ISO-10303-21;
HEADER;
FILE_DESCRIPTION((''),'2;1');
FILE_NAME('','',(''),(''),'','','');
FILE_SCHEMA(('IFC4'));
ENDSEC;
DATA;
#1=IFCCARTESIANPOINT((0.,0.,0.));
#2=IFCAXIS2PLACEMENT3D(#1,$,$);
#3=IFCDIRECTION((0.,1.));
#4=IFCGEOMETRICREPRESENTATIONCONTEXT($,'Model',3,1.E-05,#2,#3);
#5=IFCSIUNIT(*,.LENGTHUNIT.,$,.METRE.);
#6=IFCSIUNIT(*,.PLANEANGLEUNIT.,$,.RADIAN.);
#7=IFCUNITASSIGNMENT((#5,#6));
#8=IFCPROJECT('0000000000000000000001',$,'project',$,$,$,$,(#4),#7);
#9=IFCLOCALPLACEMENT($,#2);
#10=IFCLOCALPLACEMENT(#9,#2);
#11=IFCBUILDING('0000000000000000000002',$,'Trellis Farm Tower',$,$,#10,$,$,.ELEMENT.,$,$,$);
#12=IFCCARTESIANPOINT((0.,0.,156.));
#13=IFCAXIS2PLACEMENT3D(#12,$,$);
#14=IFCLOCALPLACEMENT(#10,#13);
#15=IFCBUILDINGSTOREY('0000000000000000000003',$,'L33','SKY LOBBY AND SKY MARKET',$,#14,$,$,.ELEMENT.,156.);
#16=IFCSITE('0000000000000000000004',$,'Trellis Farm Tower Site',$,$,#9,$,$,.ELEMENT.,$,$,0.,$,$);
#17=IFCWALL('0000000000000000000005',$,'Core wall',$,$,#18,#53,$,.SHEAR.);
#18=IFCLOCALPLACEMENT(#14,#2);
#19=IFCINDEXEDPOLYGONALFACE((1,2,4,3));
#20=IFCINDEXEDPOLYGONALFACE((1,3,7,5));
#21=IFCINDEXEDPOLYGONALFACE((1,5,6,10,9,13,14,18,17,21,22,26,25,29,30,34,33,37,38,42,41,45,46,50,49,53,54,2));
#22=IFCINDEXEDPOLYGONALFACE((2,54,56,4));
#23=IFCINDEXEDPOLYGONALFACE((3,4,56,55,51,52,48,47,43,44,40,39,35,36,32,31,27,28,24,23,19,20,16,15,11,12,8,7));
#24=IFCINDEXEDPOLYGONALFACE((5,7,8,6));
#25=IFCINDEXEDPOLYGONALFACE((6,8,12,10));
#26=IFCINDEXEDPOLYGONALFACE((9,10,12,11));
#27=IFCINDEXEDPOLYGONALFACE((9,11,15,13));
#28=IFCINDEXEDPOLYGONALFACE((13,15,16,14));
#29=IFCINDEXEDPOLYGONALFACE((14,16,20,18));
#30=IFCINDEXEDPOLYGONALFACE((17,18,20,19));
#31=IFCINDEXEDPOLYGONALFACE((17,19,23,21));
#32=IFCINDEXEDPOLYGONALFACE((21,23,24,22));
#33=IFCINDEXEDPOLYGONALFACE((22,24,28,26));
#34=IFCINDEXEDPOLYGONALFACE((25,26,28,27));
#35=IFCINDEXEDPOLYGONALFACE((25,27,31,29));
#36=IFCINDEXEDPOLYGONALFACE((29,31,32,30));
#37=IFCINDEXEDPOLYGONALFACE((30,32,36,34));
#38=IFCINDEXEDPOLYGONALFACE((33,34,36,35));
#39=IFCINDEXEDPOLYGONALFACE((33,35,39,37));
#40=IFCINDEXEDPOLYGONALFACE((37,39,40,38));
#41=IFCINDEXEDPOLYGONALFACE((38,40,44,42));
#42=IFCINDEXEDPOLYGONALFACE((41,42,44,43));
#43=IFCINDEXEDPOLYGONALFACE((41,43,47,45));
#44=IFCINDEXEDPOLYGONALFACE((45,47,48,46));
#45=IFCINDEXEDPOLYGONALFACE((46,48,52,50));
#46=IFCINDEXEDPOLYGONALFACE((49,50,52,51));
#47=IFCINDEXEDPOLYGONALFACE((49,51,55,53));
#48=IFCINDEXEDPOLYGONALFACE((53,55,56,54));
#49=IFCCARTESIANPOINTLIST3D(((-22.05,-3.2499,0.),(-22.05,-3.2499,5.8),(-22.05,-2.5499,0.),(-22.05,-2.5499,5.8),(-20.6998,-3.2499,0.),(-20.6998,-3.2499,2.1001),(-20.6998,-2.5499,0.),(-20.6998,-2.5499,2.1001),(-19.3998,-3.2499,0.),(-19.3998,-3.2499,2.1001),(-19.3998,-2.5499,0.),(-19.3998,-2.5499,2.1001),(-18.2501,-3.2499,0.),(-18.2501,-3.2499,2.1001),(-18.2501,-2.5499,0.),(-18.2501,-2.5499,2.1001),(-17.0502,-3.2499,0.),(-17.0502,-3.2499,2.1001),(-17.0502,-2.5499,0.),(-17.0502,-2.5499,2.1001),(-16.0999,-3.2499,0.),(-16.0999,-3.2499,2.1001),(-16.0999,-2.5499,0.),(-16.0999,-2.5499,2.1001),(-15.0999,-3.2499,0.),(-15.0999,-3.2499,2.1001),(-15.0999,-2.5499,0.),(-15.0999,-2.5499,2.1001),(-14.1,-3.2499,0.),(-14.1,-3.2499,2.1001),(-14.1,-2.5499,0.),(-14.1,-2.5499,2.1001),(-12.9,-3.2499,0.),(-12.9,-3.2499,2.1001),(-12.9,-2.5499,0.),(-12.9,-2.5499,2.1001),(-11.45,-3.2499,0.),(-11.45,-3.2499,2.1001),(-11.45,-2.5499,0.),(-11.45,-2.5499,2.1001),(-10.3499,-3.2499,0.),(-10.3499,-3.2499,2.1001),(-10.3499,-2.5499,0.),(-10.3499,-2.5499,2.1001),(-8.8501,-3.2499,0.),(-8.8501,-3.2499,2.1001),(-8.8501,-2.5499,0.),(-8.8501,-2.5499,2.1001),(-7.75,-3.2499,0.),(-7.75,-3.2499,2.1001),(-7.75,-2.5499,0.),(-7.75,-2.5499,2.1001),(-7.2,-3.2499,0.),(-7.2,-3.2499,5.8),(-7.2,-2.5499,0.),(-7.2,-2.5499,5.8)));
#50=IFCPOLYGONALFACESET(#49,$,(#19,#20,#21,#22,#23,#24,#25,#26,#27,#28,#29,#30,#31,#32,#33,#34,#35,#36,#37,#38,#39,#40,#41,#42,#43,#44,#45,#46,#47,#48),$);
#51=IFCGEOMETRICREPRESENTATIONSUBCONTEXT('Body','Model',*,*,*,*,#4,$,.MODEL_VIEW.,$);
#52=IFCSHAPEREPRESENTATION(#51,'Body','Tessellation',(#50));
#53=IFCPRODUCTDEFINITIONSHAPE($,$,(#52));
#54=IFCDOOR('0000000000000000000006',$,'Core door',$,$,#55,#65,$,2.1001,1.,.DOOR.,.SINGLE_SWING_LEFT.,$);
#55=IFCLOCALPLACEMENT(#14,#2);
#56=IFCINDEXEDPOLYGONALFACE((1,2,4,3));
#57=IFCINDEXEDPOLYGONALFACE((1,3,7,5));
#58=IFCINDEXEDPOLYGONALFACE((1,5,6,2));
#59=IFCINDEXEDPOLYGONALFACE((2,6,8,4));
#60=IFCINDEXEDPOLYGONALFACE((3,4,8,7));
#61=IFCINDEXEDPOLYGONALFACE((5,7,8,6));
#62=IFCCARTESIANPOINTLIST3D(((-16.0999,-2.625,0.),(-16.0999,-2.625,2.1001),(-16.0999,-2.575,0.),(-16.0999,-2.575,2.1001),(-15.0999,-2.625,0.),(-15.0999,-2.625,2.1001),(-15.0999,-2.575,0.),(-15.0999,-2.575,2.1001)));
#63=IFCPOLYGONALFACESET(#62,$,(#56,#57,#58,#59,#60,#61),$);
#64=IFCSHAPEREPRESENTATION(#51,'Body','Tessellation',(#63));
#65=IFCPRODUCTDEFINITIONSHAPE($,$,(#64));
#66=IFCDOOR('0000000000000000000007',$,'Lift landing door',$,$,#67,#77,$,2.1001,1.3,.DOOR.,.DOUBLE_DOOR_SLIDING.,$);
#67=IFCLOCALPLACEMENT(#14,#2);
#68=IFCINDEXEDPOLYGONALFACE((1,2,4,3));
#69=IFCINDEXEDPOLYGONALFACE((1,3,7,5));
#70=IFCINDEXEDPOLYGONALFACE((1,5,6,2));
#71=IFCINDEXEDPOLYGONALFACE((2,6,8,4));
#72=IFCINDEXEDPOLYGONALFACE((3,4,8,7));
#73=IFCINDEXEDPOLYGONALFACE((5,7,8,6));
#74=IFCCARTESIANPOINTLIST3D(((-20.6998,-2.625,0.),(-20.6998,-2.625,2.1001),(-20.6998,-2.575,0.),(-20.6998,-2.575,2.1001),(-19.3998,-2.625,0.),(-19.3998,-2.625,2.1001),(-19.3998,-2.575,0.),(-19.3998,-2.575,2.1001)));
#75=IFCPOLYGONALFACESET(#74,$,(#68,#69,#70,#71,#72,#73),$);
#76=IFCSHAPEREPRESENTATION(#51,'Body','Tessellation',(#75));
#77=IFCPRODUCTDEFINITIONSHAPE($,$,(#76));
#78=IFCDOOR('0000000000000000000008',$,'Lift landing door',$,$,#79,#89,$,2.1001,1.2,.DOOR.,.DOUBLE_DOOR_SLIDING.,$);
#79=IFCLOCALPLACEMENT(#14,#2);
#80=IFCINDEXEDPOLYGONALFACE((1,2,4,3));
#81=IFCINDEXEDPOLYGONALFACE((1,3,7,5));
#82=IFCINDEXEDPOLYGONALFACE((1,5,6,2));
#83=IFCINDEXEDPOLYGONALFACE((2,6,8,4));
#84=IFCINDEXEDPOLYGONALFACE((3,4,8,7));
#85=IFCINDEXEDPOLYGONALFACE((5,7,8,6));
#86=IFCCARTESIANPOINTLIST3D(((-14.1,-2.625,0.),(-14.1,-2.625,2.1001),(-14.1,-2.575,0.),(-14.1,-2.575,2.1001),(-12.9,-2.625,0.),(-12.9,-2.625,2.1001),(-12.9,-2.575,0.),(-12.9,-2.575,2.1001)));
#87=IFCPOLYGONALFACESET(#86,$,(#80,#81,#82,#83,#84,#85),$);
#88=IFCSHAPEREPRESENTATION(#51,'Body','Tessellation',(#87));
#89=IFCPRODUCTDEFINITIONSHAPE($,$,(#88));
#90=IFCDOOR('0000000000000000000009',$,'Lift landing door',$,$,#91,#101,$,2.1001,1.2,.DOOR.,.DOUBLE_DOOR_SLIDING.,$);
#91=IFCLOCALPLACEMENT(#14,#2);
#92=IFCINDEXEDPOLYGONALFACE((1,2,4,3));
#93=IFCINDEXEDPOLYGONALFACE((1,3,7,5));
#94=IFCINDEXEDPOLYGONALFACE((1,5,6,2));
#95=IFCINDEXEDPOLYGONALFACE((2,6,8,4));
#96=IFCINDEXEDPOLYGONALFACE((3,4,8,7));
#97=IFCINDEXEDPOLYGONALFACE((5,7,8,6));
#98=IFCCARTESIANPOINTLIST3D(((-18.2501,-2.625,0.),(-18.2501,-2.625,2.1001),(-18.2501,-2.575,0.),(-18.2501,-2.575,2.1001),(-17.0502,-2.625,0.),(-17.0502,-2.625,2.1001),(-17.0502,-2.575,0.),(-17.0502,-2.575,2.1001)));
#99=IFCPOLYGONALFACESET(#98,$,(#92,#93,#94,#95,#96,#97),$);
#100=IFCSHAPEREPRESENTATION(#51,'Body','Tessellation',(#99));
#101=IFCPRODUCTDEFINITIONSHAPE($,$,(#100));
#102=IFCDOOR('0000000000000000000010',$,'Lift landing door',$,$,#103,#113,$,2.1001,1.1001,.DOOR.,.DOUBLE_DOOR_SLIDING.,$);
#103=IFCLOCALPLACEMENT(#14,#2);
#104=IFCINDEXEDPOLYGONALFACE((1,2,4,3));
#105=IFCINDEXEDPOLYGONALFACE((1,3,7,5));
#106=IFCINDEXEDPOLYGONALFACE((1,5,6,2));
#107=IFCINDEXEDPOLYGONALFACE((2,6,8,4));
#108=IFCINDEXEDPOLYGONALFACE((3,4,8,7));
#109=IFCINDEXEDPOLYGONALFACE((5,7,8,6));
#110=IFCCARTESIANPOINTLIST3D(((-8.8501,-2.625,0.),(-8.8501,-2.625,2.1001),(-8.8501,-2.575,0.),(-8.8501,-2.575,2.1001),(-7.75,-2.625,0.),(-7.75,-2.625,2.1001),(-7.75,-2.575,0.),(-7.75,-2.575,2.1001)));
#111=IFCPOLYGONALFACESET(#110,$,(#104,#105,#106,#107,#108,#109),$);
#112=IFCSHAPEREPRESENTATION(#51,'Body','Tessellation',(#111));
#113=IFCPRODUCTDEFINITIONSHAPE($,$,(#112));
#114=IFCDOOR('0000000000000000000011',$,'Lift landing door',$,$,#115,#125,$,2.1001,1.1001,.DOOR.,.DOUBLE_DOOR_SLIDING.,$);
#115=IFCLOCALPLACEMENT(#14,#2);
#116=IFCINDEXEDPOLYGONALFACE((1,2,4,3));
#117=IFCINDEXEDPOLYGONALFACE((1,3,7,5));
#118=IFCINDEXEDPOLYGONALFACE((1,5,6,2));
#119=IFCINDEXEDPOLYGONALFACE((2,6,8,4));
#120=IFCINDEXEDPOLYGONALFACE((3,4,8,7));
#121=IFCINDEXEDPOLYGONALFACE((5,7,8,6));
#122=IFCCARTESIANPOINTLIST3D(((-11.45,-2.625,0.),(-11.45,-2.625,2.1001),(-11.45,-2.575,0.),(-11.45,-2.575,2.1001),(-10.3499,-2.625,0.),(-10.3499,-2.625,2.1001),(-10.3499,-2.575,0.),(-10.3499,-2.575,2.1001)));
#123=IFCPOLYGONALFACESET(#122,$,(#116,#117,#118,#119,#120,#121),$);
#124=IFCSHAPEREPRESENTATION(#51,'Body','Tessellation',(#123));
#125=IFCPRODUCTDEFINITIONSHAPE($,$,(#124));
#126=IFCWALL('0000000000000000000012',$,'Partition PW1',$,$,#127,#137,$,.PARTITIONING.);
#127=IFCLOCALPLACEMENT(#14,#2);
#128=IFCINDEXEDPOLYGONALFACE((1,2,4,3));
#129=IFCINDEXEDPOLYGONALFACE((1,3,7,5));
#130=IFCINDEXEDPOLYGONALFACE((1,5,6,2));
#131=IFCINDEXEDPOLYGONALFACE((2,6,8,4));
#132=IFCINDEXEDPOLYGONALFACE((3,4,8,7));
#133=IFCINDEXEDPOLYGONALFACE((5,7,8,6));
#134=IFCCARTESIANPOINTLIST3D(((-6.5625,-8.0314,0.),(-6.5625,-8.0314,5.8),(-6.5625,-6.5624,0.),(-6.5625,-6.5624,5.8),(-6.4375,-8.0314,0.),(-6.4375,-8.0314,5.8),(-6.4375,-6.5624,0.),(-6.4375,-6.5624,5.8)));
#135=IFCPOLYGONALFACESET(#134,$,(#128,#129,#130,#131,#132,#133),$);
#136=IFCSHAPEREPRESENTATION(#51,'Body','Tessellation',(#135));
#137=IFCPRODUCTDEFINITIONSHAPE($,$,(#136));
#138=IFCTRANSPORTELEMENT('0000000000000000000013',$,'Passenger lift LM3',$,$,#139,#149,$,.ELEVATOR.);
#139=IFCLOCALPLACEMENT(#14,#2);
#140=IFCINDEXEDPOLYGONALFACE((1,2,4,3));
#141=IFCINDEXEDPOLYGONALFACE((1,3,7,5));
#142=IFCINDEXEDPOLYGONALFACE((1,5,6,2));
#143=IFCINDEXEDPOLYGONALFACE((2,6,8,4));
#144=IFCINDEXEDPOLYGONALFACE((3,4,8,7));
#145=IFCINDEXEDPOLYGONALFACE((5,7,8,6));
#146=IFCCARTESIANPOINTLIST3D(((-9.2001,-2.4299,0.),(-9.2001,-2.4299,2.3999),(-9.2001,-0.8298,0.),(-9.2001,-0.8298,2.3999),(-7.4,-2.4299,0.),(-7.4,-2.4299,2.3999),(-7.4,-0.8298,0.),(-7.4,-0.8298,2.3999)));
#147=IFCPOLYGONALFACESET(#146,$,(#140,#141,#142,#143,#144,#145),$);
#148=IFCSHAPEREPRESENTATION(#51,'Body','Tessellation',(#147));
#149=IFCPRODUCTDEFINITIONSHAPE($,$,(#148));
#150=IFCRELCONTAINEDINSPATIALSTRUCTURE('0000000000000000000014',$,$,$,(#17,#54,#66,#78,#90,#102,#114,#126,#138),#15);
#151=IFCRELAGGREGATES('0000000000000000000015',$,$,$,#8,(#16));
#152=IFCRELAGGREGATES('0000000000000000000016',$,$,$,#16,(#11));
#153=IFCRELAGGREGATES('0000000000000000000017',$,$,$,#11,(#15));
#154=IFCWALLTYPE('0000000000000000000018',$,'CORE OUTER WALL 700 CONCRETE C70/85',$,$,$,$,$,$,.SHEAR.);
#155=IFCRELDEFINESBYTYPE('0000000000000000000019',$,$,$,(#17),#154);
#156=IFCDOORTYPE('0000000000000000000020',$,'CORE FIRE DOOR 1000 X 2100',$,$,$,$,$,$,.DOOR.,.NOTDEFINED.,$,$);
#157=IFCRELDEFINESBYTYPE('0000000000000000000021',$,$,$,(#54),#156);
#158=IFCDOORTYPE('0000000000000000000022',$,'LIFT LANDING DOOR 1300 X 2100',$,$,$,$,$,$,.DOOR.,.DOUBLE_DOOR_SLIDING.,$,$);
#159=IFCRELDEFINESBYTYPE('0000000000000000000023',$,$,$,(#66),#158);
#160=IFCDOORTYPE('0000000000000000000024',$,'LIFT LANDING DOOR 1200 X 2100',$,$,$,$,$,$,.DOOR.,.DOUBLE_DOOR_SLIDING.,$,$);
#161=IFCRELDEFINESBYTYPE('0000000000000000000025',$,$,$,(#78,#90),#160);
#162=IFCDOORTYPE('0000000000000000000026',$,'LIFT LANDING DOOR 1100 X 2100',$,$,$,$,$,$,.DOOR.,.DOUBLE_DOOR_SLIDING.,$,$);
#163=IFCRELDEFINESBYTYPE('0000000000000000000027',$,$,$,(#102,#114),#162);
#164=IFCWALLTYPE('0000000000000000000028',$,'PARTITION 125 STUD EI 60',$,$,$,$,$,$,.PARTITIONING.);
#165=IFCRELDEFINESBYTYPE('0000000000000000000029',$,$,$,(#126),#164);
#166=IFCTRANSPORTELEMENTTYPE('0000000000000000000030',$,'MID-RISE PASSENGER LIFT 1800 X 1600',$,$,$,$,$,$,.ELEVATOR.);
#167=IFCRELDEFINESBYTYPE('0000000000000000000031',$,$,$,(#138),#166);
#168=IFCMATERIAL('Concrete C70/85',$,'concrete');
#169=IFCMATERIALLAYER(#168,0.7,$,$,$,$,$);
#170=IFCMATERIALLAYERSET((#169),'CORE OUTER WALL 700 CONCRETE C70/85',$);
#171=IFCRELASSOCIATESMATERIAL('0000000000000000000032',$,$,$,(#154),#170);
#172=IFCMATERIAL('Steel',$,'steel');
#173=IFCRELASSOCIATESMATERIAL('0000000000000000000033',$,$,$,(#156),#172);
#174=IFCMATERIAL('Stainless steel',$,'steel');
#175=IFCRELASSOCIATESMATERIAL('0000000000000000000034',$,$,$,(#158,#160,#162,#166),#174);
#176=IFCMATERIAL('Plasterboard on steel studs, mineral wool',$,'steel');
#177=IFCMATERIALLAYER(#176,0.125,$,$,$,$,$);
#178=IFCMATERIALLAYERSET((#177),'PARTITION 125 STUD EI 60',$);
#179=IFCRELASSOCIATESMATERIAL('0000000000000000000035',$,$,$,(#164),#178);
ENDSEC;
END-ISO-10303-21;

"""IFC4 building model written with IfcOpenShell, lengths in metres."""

from ifc_helpers import new_model, si_unit, direction, frame, frame_2d, origin, origin_2d, place, context, subcontext, project, spatial, rectangle, extrude, source, transform, mapped, material, layer, layer_set, type_object, element, fill, save


model = new_model("IFC4")

# Units and contexts
model_context = context("Model", 3, precision=1e-05, world=origin(), true_north=direction((0.0, 1.0)))
body_context = subcontext(model_context, "Body", "Model", "MODEL_VIEW")
ifc_project = project(units=[si_unit("LENGTHUNIT", "METRE"), si_unit("PLANEANGLEUNIT", "RADIAN")], contexts=[model_context])

# Site, building, storey
site_placement = place(None, origin())
site = spatial("IfcSite", under=ifc_project, at=site_placement, Name="Trellis Farm Tower Site", CompositionType="ELEMENT", RefElevation=0.0)
building_placement = place(site_placement, origin())
building = spatial("IfcBuilding", under=site, at=building_placement, Name="Trellis Farm Tower", CompositionType="ELEMENT")
storey_placement = place(building_placement, frame((0.0, 0.0, 156.0)))
storey = spatial("IfcBuildingStorey", under=building, at=storey_placement, Name="L33", Description="SKY LOBBY AND SKY MARKET", CompositionType="ELEMENT", Elevation=156.0)

# Shared definitions
ifc_material_1 = material(Name="Concrete C70/85", Category="concrete")

# Wall, openings, doors
ifc_layer_1 = layer(ifc_material_1, 0.7)
ifc_layer_set_1 = layer_set([ifc_layer_1], Name="CORE OUTER WALL 700 CONCRETE C70/85")
wall_type_1 = type_object("IfcWallType", Name="CORE OUTER WALL 700 CONCRETE C70/85", PredefinedType="SHEAR", material=ifc_layer_set_1)
shared_shape_1 = source(origin(), body_context, "Body", "SweptSolid", [
    extrude(rectangle(XDim=14.8501, YDim=0.7, at=frame_2d((7.425, 0.0))), origin(), (0.0, 0.0, 1.0), 5.8),
])
wall_1_placement = place(storey_placement, frame((-7.2, -2.8999, 0.0), z_axis=(0.0, 0.0, 1.0), x_axis=(-1.0, 0.0, 0.0)))
wall_1 = element("IfcWall", 1, at=wall_1_placement, inside=storey, type_object=wall_type_1, Name="Core wall", PredefinedType="SHEAR", context=body_context, shape_type="MappedRepresentation", body=[
    mapped(shared_shape_1, transform((0.0, 0.0, 0.0))),
])
shared_shape_2 = source(origin(), body_context, "Body", "SweptSolid", [
    extrude(rectangle(XDim=1.1001, YDim=2.1001, at=frame_2d((0.55, 1.05))), frame((0.0, 0.3601, 0.0), z_axis=(0.0, -1.0, 0.0), x_axis=(1.0, 0.0, 0.0)), (0.0, 0.0, 1.0), 0.7202),
])
opening_1_placement = place(wall_1_placement, frame((0.55, 0.0, 0.0)))
opening_1 = element("IfcOpeningElement", 2, at=opening_1_placement, cuts=wall_1, PredefinedType="OPENING", context=body_context, shape_type="MappedRepresentation", body=[
    mapped(shared_shape_2, transform((0.0, 0.0, 0.0))),
])
opening_2_placement = place(wall_1_placement, frame((3.1499, 0.0, 0.0)))
opening_2 = element("IfcOpeningElement", 3, at=opening_2_placement, cuts=wall_1, PredefinedType="OPENING", context=body_context, shape_type="MappedRepresentation", body=[
    mapped(shared_shape_2, transform((0.0, 0.0, 0.0))),
])
shared_shape_3 = source(origin(), body_context, "Body", "SweptSolid", [
    extrude(rectangle(XDim=1.2, YDim=2.1001, at=frame_2d((0.6001, 1.05))), frame((0.0, 0.3601, 0.0), z_axis=(0.0, -1.0, 0.0), x_axis=(1.0, 0.0, 0.0)), (0.0, 0.0, 1.0), 0.7202),
])
opening_3_placement = place(wall_1_placement, frame((5.7, 0.0, 0.0)))
opening_3 = element("IfcOpeningElement", 4, at=opening_3_placement, cuts=wall_1, PredefinedType="OPENING", context=body_context, shape_type="MappedRepresentation", body=[
    mapped(shared_shape_3, transform((0.0, 0.0, 0.0))),
])
shared_shape_4 = source(origin(), body_context, "Body", "SweptSolid", [
    extrude(rectangle(XDim=1.3, YDim=2.1001, at=frame_2d((0.6499, 1.05))), frame((0.0, 0.3601, 0.0), z_axis=(0.0, -1.0, 0.0), x_axis=(1.0, 0.0, 0.0)), (0.0, 0.0, 1.0), 0.7202),
])
opening_4_placement = place(wall_1_placement, frame((12.2, 0.0, 0.0)))
opening_4 = element("IfcOpeningElement", 5, at=opening_4_placement, cuts=wall_1, PredefinedType="OPENING", context=body_context, shape_type="MappedRepresentation", body=[
    mapped(shared_shape_4, transform((0.0, 0.0, 0.0))),
])
opening_5_placement = place(wall_1_placement, frame((9.8501, 0.0, 0.0)))
opening_5 = element("IfcOpeningElement", 6, at=opening_5_placement, cuts=wall_1, PredefinedType="OPENING", context=body_context, shape_type="MappedRepresentation", body=[
    mapped(shared_shape_3, transform((0.0, 0.0, 0.0))),
])
shared_shape_5 = source(origin(), body_context, "Body", "SweptSolid", [
    extrude(rectangle(XDim=1.0, YDim=2.1001, at=frame_2d((0.5, 1.05))), frame((0.0, 0.3601, 0.0), z_axis=(0.0, -1.0, 0.0), x_axis=(1.0, 0.0, 0.0)), (0.0, 0.0, 1.0), 0.7202),
])
opening_6_placement = place(wall_1_placement, frame((7.8999, 0.0, 0.0)))
opening_6 = element("IfcOpeningElement", 7, at=opening_6_placement, cuts=wall_1, PredefinedType="OPENING", context=body_context, shape_type="MappedRepresentation", body=[
    mapped(shared_shape_5, transform((0.0, 0.0, 0.0))),
])
ifc_material_2 = material(Name="Steel", Category="steel")
door_type_1 = type_object("IfcDoorType", Name="CORE FIRE DOOR 1000 X 2100", OperationType="NOTDEFINED", PredefinedType="DOOR", material=ifc_material_2)
shared_shape_6 = source(origin(), body_context, "Body", "SweptSolid", [
    extrude(rectangle(XDim=1.0, YDim=2.1001, at=frame_2d((0.5, 1.05))), frame((0.0, -0.2749, 0.0), z_axis=(0.0, -1.0, 0.0), x_axis=(1.0, 0.0, 0.0)), (0.0, 0.0, 1.0), 0.05),
])
door_1_placement = place(opening_6_placement, origin())
door_1 = element("IfcDoor", 8, at=door_1_placement, inside=storey, type_object=door_type_1, Name="Core door", OperationType="SINGLE_SWING_LEFT", OverallHeight=2.1001, OverallWidth=1.0, PredefinedType="DOOR", context=body_context, shape_type="MappedRepresentation", body=[
    mapped(shared_shape_6, transform((0.0, 0.0, 0.0))),
])
fill(opening_6, door_1)
ifc_material_3 = material(Name="Stainless steel", Category="steel")
door_type_2 = type_object("IfcDoorType", Name="LIFT LANDING DOOR 1300 X 2100", OperationType="DOUBLE_DOOR_SLIDING", PredefinedType="DOOR", material=ifc_material_3)
shared_shape_7 = source(origin(), body_context, "Body", "SweptSolid", [
    extrude(rectangle(XDim=1.3, YDim=2.1001, at=frame_2d((0.6499, 1.05))), frame((0.0, -0.2749, 0.0), z_axis=(0.0, -1.0, 0.0), x_axis=(1.0, 0.0, 0.0)), (0.0, 0.0, 1.0), 0.05),
])
door_2_placement = place(opening_4_placement, origin())
door_2 = element("IfcDoor", 9, at=door_2_placement, inside=storey, type_object=door_type_2, Name="Lift landing door", OperationType="DOUBLE_DOOR_SLIDING", OverallHeight=2.1001, OverallWidth=1.3, PredefinedType="DOOR", context=body_context, shape_type="MappedRepresentation", body=[
    mapped(shared_shape_7, transform((0.0, 0.0, 0.0))),
])
fill(opening_4, door_2)
door_type_3 = type_object("IfcDoorType", Name="LIFT LANDING DOOR 1200 X 2100", OperationType="DOUBLE_DOOR_SLIDING", PredefinedType="DOOR", material=ifc_material_3)
shared_shape_8 = source(origin(), body_context, "Body", "SweptSolid", [
    extrude(rectangle(XDim=1.2, YDim=2.1001, at=frame_2d((0.6001, 1.05))), frame((0.0, -0.2749, 0.0), z_axis=(0.0, -1.0, 0.0), x_axis=(1.0, 0.0, 0.0)), (0.0, 0.0, 1.0), 0.05),
])
door_3_placement = place(opening_3_placement, origin())
door_3 = element("IfcDoor", 10, at=door_3_placement, inside=storey, type_object=door_type_3, Name="Lift landing door", OperationType="DOUBLE_DOOR_SLIDING", OverallHeight=2.1001, OverallWidth=1.2, PredefinedType="DOOR", context=body_context, shape_type="MappedRepresentation", body=[
    mapped(shared_shape_8, transform((0.0, 0.0, 0.0))),
])
fill(opening_3, door_3)
door_4_placement = place(opening_5_placement, origin())
door_4 = element("IfcDoor", 11, at=door_4_placement, inside=storey, type_object=door_type_3, Name="Lift landing door", OperationType="DOUBLE_DOOR_SLIDING", OverallHeight=2.1001, OverallWidth=1.2, PredefinedType="DOOR", context=body_context, shape_type="MappedRepresentation", body=[
    mapped(shared_shape_8, transform((0.0, 0.0, 0.0))),
])
fill(opening_5, door_4)
door_type_4 = type_object("IfcDoorType", Name="LIFT LANDING DOOR 1100 X 2100", OperationType="DOUBLE_DOOR_SLIDING", PredefinedType="DOOR", material=ifc_material_3)
shared_shape_9 = source(origin(), body_context, "Body", "SweptSolid", [
    extrude(rectangle(XDim=1.1001, YDim=2.1001, at=frame_2d((0.55, 1.05))), frame((0.0, -0.2749, 0.0), z_axis=(0.0, -1.0, 0.0), x_axis=(1.0, 0.0, 0.0)), (0.0, 0.0, 1.0), 0.05),
])
door_5_placement = place(opening_1_placement, origin())
door_5 = element("IfcDoor", 12, at=door_5_placement, inside=storey, type_object=door_type_4, Name="Lift landing door", OperationType="DOUBLE_DOOR_SLIDING", OverallHeight=2.1001, OverallWidth=1.1001, PredefinedType="DOOR", context=body_context, shape_type="MappedRepresentation", body=[
    mapped(shared_shape_9, transform((0.0, 0.0, 0.0))),
])
fill(opening_1, door_5)
door_6_placement = place(opening_2_placement, origin())
door_6 = element("IfcDoor", 13, at=door_6_placement, inside=storey, type_object=door_type_4, Name="Lift landing door", OperationType="DOUBLE_DOOR_SLIDING", OverallHeight=2.1001, OverallWidth=1.1001, PredefinedType="DOOR", context=body_context, shape_type="MappedRepresentation", body=[
    mapped(shared_shape_9, transform((0.0, 0.0, 0.0))),
])
fill(opening_2, door_6)

# Wall
ifc_material_4 = material(Name="Plasterboard on steel studs, mineral wool", Category="steel")
ifc_layer_2 = layer(ifc_material_4, 0.125)
ifc_layer_set_2 = layer_set([ifc_layer_2], Name="PARTITION 125 STUD EI 60")
wall_type_2 = type_object("IfcWallType", Name="PARTITION 125 STUD EI 60", PredefinedType="PARTITIONING", material=ifc_layer_set_2)
shared_shape_10 = source(origin(), body_context, "Body", "SweptSolid", [
    extrude(rectangle(XDim=1.469, YDim=0.125, at=frame_2d((0.7344, 0.0))), origin(), (0.0, 0.0, 1.0), 5.8),
])
wall_2_placement = place(storey_placement, frame((-6.5, -6.5625, 0.0), z_axis=(0.0, 0.0, 1.0), x_axis=(0.0, -1.0, 0.0)))
element("IfcWall", 14, at=wall_2_placement, inside=storey, type_object=wall_type_2, Name="Partition PW1", PredefinedType="PARTITIONING", context=body_context, shape_type="MappedRepresentation", body=[
    mapped(shared_shape_10, transform((0.0, 0.0, 0.0))),
])

# Transport element
transport_element_type_1 = type_object("IfcTransportElementType", Name="MID-RISE PASSENGER LIFT 1800 X 1600", PredefinedType="ELEVATOR", material=ifc_material_3)
shared_shape_11 = source(origin(), body_context, "Body", "SweptSolid", [
    extrude(rectangle(XDim=1.8, YDim=1.6001, at=origin_2d()), origin(), (0.0, 0.0, 1.0), 2.3999),
])
for number, where, z_axis, x_axis, name in (
    (15, (-8.3, -1.6299, 0.0), (0.0, 0.0, 1.0), (-1.0, 0.0, 0.0), "Passenger lift LM3"),
):
    element("IfcTransportElement", number, at=place(storey_placement, frame(where, z_axis=z_axis, x_axis=x_axis)), inside=storey, type_object=transport_element_type_1, Name=name, PredefinedType="ELEVATOR", context=body_context, shape_type="MappedRepresentation", body=[
        mapped(shared_shape_11, transform((0.0, 0.0, 0.0))),
    ])

save(model, "model.ifc")
